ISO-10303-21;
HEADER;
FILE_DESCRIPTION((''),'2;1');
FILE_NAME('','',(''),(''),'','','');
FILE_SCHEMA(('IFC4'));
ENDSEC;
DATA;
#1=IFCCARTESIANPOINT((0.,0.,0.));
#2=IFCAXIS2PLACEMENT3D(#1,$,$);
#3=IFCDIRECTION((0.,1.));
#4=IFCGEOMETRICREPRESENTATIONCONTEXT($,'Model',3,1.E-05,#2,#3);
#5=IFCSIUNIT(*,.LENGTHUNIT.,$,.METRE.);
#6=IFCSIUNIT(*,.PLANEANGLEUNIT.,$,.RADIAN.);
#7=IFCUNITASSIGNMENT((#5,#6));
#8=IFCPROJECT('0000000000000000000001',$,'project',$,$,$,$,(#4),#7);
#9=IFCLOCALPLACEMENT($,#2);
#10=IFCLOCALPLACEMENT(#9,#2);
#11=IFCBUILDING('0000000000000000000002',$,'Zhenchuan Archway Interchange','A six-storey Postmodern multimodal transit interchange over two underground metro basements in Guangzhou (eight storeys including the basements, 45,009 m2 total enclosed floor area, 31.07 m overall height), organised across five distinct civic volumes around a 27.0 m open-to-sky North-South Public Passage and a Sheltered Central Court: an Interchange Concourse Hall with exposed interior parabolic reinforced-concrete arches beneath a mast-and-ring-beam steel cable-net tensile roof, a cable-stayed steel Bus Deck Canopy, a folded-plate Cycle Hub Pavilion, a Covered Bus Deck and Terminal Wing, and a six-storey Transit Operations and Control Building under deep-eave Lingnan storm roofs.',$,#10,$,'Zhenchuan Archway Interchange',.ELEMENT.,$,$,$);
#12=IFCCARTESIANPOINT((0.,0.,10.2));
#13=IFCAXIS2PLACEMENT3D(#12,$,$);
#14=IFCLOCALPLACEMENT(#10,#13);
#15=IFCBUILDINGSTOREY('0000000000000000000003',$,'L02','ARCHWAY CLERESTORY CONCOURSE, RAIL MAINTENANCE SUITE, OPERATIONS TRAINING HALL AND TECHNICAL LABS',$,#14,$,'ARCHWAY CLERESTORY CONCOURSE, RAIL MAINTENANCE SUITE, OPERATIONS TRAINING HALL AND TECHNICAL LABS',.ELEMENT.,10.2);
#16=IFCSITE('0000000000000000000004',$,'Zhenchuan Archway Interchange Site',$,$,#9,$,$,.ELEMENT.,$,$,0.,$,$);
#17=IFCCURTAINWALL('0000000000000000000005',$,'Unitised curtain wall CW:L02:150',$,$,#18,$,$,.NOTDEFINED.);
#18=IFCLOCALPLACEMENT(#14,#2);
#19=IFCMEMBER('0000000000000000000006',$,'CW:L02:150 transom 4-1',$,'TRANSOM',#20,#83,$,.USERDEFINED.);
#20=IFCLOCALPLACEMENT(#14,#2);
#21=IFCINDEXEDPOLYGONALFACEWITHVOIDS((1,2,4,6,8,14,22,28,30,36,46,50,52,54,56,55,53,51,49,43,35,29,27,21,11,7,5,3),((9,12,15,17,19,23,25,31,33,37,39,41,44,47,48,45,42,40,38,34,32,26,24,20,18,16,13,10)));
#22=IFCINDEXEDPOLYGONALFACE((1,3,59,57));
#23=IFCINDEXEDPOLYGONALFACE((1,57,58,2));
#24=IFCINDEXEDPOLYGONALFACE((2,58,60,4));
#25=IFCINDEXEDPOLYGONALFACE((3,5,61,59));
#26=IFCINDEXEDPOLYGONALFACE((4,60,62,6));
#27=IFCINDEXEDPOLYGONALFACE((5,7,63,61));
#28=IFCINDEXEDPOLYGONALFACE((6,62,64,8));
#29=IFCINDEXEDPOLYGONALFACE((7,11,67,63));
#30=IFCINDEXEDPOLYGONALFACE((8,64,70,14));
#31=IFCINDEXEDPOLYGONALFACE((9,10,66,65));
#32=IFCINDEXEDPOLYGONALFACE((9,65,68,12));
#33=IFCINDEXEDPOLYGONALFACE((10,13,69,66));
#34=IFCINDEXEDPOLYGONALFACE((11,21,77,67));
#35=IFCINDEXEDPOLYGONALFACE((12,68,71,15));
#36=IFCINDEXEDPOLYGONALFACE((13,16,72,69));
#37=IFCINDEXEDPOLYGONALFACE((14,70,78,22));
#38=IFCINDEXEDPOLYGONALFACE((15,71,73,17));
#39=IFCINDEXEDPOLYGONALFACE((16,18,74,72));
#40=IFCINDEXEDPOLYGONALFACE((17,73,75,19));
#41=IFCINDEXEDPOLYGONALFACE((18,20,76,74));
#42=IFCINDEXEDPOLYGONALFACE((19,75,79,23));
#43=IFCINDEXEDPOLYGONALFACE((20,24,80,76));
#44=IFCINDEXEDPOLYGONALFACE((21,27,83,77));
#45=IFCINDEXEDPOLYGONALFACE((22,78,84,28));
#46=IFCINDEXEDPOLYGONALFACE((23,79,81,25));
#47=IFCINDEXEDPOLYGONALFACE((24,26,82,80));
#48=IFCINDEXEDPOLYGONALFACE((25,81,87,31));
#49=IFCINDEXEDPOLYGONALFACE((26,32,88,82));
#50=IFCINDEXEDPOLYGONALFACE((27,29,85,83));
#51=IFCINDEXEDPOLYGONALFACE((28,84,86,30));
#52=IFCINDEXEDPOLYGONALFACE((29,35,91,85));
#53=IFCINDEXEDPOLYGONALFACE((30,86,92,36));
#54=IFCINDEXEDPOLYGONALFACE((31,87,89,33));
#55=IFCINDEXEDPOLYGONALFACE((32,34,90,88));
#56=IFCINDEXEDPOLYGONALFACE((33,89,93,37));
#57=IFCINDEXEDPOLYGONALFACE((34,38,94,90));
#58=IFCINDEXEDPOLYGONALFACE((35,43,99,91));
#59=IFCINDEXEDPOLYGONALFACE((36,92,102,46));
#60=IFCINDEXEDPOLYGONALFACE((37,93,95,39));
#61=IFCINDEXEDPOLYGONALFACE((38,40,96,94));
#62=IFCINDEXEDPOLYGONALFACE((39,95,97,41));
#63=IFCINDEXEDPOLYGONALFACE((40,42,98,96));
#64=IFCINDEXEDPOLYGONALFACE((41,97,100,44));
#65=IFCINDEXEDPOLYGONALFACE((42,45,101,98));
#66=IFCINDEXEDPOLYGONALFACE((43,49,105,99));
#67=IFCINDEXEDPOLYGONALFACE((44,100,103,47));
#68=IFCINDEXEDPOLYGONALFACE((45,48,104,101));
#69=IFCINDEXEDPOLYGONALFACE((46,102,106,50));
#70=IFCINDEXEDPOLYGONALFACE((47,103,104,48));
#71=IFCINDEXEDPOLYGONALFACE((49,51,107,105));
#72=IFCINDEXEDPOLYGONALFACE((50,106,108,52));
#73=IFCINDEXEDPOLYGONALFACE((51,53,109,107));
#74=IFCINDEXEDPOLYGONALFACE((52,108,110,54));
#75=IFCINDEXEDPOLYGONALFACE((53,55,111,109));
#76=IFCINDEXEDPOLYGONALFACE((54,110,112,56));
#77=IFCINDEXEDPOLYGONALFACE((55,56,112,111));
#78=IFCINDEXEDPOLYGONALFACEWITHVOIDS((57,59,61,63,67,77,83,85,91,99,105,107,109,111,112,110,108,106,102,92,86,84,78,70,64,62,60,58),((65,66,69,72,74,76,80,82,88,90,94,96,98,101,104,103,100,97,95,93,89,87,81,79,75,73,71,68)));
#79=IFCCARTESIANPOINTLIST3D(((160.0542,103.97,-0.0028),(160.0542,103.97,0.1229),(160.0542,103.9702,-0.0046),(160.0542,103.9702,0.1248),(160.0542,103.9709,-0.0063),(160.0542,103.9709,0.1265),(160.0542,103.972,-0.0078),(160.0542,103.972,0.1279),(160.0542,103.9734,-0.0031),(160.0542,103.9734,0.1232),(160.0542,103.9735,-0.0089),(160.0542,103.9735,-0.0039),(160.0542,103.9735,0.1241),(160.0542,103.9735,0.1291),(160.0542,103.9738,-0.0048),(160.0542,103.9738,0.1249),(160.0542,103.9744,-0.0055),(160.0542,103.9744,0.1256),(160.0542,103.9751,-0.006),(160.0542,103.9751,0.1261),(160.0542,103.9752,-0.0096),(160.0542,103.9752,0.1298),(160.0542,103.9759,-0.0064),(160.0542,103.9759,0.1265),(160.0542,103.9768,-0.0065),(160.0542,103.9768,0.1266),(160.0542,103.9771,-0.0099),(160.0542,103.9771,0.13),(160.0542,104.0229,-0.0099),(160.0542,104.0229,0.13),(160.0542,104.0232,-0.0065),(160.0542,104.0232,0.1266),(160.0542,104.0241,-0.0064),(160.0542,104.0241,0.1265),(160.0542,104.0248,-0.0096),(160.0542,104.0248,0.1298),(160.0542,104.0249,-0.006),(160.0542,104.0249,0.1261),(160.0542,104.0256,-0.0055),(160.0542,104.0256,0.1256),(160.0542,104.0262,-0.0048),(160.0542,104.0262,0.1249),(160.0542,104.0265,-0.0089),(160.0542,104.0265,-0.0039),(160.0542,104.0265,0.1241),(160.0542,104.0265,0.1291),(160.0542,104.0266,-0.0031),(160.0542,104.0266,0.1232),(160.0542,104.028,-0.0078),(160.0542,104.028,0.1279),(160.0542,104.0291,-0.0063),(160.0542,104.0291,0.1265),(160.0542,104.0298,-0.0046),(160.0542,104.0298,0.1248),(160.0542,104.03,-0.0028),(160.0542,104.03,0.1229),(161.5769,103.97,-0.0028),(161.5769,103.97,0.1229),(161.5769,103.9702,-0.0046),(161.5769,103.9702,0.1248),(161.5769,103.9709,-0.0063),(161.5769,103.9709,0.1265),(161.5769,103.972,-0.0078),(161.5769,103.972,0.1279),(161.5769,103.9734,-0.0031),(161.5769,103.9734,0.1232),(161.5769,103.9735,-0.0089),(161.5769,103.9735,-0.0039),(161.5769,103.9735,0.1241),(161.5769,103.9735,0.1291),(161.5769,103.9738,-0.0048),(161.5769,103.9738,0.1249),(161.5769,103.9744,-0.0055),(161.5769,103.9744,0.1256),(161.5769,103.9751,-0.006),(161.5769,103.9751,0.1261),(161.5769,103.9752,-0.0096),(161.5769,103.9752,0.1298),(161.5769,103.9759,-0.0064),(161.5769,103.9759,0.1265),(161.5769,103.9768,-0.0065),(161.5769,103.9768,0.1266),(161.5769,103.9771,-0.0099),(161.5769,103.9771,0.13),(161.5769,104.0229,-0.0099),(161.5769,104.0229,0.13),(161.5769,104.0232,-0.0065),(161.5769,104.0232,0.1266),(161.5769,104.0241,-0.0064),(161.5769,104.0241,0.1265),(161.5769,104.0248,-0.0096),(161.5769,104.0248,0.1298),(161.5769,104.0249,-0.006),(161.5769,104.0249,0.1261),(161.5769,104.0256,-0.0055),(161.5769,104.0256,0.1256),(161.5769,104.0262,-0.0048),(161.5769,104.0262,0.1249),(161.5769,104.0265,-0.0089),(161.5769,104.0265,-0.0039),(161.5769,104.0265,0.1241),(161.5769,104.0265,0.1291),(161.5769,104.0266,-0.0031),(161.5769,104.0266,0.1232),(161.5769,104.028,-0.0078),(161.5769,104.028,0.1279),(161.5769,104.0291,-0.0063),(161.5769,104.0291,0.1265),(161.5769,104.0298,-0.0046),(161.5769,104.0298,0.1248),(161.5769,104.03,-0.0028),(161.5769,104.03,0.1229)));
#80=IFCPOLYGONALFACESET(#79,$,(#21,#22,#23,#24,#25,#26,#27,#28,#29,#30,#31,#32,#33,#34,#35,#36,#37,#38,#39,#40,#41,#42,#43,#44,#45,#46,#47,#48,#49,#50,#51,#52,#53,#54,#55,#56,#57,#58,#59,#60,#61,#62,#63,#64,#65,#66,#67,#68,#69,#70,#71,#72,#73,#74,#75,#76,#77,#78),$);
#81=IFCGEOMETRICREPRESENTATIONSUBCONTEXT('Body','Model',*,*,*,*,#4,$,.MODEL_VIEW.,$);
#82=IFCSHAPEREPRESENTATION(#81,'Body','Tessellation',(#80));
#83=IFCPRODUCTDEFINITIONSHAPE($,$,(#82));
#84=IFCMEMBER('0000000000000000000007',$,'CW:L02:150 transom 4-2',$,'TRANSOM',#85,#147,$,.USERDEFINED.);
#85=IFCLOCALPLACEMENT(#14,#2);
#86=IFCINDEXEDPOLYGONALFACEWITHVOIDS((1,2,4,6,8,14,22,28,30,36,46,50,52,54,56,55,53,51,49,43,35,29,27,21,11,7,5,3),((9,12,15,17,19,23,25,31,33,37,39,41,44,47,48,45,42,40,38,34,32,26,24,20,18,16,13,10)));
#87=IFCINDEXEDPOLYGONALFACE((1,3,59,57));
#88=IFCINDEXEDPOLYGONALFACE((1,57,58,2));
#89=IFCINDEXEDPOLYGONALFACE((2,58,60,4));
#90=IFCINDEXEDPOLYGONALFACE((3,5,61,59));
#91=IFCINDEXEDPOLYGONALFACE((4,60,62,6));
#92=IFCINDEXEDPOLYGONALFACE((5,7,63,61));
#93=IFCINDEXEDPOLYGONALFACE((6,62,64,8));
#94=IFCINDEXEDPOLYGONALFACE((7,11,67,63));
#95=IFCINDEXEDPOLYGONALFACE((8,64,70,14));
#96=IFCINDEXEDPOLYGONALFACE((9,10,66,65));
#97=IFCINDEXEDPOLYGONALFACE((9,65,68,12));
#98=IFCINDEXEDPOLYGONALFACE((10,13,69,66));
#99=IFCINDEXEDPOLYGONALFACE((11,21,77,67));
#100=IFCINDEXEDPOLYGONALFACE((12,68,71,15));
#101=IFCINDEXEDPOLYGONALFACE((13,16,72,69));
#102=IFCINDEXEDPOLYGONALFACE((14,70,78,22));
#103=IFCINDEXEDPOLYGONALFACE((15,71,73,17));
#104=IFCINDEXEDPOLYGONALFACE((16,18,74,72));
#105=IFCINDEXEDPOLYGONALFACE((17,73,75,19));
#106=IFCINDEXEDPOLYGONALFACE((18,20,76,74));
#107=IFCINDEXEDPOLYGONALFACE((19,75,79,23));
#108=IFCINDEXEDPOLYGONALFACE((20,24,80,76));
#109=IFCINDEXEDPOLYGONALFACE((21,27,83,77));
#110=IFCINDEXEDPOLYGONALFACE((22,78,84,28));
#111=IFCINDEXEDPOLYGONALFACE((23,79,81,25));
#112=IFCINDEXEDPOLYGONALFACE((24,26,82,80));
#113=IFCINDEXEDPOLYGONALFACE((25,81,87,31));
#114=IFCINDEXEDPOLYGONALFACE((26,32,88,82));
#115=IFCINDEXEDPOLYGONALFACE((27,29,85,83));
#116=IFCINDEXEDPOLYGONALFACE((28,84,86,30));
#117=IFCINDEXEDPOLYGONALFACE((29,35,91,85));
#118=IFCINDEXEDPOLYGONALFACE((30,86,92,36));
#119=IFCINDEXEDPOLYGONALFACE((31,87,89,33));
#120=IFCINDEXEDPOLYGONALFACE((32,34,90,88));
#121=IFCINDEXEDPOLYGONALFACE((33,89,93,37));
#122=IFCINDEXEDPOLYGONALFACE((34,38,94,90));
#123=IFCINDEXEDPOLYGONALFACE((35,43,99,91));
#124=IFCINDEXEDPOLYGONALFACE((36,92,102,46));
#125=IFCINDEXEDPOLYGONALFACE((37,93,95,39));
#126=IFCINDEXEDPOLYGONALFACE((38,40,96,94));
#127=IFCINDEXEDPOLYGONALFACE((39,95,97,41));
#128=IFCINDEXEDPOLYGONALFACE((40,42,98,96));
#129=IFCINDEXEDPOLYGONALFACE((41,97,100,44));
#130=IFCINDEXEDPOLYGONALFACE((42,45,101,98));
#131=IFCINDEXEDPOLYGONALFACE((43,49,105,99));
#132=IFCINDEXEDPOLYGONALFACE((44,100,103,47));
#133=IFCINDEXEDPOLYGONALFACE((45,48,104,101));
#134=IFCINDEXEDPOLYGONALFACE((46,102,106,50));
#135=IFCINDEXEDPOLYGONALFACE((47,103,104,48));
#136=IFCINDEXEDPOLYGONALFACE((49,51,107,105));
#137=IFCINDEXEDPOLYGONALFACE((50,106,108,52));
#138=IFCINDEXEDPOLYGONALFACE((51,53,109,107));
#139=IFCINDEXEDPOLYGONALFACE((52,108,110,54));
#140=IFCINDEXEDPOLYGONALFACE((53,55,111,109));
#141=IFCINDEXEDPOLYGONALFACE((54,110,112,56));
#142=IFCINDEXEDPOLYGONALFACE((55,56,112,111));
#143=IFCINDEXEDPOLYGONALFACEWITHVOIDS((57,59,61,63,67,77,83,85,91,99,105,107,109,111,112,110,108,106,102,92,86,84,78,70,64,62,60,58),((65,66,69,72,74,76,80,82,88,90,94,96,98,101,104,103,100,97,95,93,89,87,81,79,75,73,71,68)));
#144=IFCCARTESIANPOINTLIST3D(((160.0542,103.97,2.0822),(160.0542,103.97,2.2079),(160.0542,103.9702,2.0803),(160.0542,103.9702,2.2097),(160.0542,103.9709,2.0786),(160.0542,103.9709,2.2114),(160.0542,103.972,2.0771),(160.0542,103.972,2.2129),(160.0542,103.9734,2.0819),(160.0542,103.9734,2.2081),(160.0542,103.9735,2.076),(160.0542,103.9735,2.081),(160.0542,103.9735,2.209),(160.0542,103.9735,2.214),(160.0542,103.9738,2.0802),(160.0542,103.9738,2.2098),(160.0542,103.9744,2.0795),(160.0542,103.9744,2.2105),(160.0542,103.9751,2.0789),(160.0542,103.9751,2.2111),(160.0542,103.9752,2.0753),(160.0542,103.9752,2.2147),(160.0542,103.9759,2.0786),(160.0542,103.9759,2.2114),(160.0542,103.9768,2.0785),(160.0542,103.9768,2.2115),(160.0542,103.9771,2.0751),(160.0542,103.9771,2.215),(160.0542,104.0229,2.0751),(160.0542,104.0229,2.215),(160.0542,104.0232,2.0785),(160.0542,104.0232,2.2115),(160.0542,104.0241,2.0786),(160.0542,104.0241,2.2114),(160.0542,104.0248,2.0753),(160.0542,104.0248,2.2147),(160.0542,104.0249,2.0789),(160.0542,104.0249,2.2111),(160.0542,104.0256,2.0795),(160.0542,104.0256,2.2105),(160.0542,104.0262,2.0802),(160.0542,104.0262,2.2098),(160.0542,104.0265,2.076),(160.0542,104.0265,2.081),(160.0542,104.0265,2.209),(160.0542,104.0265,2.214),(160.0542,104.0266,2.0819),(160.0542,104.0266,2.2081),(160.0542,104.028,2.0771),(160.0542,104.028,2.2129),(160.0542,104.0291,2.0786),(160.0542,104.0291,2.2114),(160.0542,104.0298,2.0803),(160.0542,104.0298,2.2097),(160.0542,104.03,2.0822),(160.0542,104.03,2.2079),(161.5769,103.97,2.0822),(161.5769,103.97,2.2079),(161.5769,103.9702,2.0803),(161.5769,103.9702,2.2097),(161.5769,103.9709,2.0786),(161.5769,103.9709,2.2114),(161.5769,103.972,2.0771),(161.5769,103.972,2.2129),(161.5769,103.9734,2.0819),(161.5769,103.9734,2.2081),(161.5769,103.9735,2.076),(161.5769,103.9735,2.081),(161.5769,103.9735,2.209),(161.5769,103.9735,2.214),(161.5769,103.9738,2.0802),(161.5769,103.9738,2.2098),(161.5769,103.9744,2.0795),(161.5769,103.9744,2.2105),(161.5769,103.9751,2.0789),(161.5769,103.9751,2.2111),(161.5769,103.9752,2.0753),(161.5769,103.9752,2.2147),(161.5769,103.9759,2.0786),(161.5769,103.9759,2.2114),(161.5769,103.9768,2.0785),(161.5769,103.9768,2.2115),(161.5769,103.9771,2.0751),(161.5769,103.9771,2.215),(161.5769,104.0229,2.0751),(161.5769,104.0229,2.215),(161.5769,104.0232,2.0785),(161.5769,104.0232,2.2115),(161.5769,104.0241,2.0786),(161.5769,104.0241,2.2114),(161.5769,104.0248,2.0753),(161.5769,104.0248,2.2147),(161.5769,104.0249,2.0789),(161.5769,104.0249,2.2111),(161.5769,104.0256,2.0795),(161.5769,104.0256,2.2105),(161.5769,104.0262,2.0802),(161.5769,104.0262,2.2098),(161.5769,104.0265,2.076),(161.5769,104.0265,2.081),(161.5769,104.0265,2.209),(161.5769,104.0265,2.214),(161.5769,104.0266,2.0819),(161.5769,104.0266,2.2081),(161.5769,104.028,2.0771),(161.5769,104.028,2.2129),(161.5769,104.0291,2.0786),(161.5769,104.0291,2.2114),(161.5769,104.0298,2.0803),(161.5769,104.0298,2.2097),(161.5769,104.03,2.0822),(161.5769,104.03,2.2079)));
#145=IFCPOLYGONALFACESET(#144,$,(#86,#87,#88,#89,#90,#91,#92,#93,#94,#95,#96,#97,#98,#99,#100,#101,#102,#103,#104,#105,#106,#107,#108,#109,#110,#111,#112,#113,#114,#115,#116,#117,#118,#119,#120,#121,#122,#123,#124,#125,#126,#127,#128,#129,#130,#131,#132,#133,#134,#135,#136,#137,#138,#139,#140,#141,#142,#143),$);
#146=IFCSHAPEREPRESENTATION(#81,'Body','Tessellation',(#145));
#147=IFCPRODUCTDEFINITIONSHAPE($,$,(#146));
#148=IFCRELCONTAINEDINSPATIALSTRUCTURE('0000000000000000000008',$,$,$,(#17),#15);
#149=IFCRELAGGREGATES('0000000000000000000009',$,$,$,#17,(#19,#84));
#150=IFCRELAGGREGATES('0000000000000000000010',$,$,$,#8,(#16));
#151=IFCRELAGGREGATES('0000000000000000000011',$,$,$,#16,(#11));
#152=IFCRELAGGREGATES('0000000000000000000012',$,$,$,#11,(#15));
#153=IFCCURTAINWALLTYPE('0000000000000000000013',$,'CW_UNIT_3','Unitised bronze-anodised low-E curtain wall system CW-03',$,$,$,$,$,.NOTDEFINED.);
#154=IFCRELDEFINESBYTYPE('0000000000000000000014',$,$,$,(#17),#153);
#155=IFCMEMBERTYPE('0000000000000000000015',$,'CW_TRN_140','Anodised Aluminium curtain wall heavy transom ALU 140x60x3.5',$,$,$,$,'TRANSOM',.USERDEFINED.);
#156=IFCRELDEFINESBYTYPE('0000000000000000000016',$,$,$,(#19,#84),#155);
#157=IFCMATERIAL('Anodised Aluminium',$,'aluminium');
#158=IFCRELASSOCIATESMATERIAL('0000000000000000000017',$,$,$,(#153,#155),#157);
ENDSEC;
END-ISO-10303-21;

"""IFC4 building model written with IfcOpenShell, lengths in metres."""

from ifc_helpers import new_model, si_unit, direction, frame, origin, origin_2d, place, context, subcontext, project, spatial, hollow_rectangle, extrude, material, material_profile, profile_set, type_object, element, aggregate, save


model = new_model("IFC4")

# Units and contexts
model_context = context("Model", 3, precision=1e-05, world=origin(), true_north=direction((0.0, 1.0)))
body_context = subcontext(model_context, "Body", "Model", "MODEL_VIEW")
ifc_project = project(units=[si_unit("LENGTHUNIT", "METRE"), si_unit("PLANEANGLEUNIT", "RADIAN")], contexts=[model_context])

# Site, building, storey
site_placement = place(None, origin())
site = spatial("IfcSite", under=ifc_project, at=site_placement, Name="Zhenchuan Archway Interchange Site", CompositionType="ELEMENT", RefElevation=0.0)
building_placement = place(site_placement, origin())
building = spatial("IfcBuilding", under=site, at=building_placement, Name="Zhenchuan Archway Interchange", Description="A six-storey Postmodern multimodal transit interchange over two underground metro basements in Guangzhou (eight storeys including the basements, 45,009 m2 total enclosed floor area, 31.07 m overall height), organised across five distinct civic volumes around a 27.0 m open-to-sky North-South Public Passage and a Sheltered Central Court: an Interchange Concourse Hall with exposed interior parabolic reinforced-concrete arches beneath a mast-and-ring-beam steel cable-net tensile roof, a cable-stayed steel Bus Deck Canopy, a folded-plate Cycle Hub Pavilion, a Covered Bus Deck and Terminal Wing, and a six-storey Transit Operations and Control Building under deep-eave Lingnan storm roofs.", LongName="Zhenchuan Archway Interchange", CompositionType="ELEMENT")
storey_placement = place(building_placement, frame((0.0, 0.0, 10.2)))
storey = spatial("IfcBuildingStorey", under=building, at=storey_placement, Name="L02", Description="ARCHWAY CLERESTORY CONCOURSE, RAIL MAINTENANCE SUITE, OPERATIONS TRAINING HALL AND TECHNICAL LABS", LongName="ARCHWAY CLERESTORY CONCOURSE, RAIL MAINTENANCE SUITE, OPERATIONS TRAINING HALL AND TECHNICAL LABS", CompositionType="ELEMENT", Elevation=10.2)

# Curtain wall
ifc_material_1 = material(Name="Anodised Aluminium", Category="aluminium")
curtain_wall_type_1 = type_object("IfcCurtainWallType", Name="CW_UNIT_3", Description="Unitised bronze-anodised low-E curtain wall system CW-03", PredefinedType="NOTDEFINED", material=ifc_material_1)
curtain_wall_1_placement = place(storey_placement, origin())
curtain_wall_1 = element("IfcCurtainWall", 1, at=curtain_wall_1_placement, inside=storey, type_object=curtain_wall_type_1, Name="Unitised curtain wall CW:L02:150", PredefinedType="NOTDEFINED")

# Members
ifc_material_profile_1 = material_profile(ifc_material_1, hollow_rectangle(XDim=0.0601, YDim=0.1399, WallThickness=0.0034, InnerFilletRadius=0.0034, OuterFilletRadius=0.0071, at=origin_2d()), Name="ALU 140x60x3.5")
ifc_profile_set_1 = profile_set([ifc_material_profile_1], Name="Anodised Aluminium")
member_type_1 = type_object("IfcMemberType", Name="CW_TRN_140", Description="Anodised Aluminium curtain wall heavy transom ALU 140x60x3.5", ElementType="TRANSOM", PredefinedType="USERDEFINED", material=ifc_profile_set_1)
member_1_placement = place(storey_placement, frame((160.0542, 104.0, 0.0601), z_axis=(1.0, 0.0, 0.0), x_axis=(0.0, 1.0, 0.0)))
member_1 = element("IfcMember", 2, at=member_1_placement, type_object=member_type_1, Name="CW:L02:150 transom 4-1", ObjectType="TRANSOM", PredefinedType="USERDEFINED", context=body_context, shape_type="SweptSolid", body=[
    extrude(hollow_rectangle(XDim=0.0601, YDim=0.1399, WallThickness=0.0034, InnerFilletRadius=0.0034, OuterFilletRadius=0.0071, at=origin_2d()), origin(), (0.0, 0.0, 1.0), 1.5227),
])
member_2_placement = place(storey_placement, frame((160.0542, 104.0, 2.145), z_axis=(1.0, 0.0, 0.0), x_axis=(0.0, 1.0, 0.0)))
member_2 = element("IfcMember", 3, at=member_2_placement, type_object=member_type_1, Name="CW:L02:150 transom 4-2", ObjectType="TRANSOM", PredefinedType="USERDEFINED", context=body_context, shape_type="SweptSolid", body=[
    extrude(hollow_rectangle(XDim=0.0601, YDim=0.1399, WallThickness=0.0034, InnerFilletRadius=0.0034, OuterFilletRadius=0.0071, at=origin_2d()), origin(), (0.0, 0.0, 1.0), 1.5227),
])

aggregate(curtain_wall_1, [member_1, member_2])

save(model, "model.ifc")
